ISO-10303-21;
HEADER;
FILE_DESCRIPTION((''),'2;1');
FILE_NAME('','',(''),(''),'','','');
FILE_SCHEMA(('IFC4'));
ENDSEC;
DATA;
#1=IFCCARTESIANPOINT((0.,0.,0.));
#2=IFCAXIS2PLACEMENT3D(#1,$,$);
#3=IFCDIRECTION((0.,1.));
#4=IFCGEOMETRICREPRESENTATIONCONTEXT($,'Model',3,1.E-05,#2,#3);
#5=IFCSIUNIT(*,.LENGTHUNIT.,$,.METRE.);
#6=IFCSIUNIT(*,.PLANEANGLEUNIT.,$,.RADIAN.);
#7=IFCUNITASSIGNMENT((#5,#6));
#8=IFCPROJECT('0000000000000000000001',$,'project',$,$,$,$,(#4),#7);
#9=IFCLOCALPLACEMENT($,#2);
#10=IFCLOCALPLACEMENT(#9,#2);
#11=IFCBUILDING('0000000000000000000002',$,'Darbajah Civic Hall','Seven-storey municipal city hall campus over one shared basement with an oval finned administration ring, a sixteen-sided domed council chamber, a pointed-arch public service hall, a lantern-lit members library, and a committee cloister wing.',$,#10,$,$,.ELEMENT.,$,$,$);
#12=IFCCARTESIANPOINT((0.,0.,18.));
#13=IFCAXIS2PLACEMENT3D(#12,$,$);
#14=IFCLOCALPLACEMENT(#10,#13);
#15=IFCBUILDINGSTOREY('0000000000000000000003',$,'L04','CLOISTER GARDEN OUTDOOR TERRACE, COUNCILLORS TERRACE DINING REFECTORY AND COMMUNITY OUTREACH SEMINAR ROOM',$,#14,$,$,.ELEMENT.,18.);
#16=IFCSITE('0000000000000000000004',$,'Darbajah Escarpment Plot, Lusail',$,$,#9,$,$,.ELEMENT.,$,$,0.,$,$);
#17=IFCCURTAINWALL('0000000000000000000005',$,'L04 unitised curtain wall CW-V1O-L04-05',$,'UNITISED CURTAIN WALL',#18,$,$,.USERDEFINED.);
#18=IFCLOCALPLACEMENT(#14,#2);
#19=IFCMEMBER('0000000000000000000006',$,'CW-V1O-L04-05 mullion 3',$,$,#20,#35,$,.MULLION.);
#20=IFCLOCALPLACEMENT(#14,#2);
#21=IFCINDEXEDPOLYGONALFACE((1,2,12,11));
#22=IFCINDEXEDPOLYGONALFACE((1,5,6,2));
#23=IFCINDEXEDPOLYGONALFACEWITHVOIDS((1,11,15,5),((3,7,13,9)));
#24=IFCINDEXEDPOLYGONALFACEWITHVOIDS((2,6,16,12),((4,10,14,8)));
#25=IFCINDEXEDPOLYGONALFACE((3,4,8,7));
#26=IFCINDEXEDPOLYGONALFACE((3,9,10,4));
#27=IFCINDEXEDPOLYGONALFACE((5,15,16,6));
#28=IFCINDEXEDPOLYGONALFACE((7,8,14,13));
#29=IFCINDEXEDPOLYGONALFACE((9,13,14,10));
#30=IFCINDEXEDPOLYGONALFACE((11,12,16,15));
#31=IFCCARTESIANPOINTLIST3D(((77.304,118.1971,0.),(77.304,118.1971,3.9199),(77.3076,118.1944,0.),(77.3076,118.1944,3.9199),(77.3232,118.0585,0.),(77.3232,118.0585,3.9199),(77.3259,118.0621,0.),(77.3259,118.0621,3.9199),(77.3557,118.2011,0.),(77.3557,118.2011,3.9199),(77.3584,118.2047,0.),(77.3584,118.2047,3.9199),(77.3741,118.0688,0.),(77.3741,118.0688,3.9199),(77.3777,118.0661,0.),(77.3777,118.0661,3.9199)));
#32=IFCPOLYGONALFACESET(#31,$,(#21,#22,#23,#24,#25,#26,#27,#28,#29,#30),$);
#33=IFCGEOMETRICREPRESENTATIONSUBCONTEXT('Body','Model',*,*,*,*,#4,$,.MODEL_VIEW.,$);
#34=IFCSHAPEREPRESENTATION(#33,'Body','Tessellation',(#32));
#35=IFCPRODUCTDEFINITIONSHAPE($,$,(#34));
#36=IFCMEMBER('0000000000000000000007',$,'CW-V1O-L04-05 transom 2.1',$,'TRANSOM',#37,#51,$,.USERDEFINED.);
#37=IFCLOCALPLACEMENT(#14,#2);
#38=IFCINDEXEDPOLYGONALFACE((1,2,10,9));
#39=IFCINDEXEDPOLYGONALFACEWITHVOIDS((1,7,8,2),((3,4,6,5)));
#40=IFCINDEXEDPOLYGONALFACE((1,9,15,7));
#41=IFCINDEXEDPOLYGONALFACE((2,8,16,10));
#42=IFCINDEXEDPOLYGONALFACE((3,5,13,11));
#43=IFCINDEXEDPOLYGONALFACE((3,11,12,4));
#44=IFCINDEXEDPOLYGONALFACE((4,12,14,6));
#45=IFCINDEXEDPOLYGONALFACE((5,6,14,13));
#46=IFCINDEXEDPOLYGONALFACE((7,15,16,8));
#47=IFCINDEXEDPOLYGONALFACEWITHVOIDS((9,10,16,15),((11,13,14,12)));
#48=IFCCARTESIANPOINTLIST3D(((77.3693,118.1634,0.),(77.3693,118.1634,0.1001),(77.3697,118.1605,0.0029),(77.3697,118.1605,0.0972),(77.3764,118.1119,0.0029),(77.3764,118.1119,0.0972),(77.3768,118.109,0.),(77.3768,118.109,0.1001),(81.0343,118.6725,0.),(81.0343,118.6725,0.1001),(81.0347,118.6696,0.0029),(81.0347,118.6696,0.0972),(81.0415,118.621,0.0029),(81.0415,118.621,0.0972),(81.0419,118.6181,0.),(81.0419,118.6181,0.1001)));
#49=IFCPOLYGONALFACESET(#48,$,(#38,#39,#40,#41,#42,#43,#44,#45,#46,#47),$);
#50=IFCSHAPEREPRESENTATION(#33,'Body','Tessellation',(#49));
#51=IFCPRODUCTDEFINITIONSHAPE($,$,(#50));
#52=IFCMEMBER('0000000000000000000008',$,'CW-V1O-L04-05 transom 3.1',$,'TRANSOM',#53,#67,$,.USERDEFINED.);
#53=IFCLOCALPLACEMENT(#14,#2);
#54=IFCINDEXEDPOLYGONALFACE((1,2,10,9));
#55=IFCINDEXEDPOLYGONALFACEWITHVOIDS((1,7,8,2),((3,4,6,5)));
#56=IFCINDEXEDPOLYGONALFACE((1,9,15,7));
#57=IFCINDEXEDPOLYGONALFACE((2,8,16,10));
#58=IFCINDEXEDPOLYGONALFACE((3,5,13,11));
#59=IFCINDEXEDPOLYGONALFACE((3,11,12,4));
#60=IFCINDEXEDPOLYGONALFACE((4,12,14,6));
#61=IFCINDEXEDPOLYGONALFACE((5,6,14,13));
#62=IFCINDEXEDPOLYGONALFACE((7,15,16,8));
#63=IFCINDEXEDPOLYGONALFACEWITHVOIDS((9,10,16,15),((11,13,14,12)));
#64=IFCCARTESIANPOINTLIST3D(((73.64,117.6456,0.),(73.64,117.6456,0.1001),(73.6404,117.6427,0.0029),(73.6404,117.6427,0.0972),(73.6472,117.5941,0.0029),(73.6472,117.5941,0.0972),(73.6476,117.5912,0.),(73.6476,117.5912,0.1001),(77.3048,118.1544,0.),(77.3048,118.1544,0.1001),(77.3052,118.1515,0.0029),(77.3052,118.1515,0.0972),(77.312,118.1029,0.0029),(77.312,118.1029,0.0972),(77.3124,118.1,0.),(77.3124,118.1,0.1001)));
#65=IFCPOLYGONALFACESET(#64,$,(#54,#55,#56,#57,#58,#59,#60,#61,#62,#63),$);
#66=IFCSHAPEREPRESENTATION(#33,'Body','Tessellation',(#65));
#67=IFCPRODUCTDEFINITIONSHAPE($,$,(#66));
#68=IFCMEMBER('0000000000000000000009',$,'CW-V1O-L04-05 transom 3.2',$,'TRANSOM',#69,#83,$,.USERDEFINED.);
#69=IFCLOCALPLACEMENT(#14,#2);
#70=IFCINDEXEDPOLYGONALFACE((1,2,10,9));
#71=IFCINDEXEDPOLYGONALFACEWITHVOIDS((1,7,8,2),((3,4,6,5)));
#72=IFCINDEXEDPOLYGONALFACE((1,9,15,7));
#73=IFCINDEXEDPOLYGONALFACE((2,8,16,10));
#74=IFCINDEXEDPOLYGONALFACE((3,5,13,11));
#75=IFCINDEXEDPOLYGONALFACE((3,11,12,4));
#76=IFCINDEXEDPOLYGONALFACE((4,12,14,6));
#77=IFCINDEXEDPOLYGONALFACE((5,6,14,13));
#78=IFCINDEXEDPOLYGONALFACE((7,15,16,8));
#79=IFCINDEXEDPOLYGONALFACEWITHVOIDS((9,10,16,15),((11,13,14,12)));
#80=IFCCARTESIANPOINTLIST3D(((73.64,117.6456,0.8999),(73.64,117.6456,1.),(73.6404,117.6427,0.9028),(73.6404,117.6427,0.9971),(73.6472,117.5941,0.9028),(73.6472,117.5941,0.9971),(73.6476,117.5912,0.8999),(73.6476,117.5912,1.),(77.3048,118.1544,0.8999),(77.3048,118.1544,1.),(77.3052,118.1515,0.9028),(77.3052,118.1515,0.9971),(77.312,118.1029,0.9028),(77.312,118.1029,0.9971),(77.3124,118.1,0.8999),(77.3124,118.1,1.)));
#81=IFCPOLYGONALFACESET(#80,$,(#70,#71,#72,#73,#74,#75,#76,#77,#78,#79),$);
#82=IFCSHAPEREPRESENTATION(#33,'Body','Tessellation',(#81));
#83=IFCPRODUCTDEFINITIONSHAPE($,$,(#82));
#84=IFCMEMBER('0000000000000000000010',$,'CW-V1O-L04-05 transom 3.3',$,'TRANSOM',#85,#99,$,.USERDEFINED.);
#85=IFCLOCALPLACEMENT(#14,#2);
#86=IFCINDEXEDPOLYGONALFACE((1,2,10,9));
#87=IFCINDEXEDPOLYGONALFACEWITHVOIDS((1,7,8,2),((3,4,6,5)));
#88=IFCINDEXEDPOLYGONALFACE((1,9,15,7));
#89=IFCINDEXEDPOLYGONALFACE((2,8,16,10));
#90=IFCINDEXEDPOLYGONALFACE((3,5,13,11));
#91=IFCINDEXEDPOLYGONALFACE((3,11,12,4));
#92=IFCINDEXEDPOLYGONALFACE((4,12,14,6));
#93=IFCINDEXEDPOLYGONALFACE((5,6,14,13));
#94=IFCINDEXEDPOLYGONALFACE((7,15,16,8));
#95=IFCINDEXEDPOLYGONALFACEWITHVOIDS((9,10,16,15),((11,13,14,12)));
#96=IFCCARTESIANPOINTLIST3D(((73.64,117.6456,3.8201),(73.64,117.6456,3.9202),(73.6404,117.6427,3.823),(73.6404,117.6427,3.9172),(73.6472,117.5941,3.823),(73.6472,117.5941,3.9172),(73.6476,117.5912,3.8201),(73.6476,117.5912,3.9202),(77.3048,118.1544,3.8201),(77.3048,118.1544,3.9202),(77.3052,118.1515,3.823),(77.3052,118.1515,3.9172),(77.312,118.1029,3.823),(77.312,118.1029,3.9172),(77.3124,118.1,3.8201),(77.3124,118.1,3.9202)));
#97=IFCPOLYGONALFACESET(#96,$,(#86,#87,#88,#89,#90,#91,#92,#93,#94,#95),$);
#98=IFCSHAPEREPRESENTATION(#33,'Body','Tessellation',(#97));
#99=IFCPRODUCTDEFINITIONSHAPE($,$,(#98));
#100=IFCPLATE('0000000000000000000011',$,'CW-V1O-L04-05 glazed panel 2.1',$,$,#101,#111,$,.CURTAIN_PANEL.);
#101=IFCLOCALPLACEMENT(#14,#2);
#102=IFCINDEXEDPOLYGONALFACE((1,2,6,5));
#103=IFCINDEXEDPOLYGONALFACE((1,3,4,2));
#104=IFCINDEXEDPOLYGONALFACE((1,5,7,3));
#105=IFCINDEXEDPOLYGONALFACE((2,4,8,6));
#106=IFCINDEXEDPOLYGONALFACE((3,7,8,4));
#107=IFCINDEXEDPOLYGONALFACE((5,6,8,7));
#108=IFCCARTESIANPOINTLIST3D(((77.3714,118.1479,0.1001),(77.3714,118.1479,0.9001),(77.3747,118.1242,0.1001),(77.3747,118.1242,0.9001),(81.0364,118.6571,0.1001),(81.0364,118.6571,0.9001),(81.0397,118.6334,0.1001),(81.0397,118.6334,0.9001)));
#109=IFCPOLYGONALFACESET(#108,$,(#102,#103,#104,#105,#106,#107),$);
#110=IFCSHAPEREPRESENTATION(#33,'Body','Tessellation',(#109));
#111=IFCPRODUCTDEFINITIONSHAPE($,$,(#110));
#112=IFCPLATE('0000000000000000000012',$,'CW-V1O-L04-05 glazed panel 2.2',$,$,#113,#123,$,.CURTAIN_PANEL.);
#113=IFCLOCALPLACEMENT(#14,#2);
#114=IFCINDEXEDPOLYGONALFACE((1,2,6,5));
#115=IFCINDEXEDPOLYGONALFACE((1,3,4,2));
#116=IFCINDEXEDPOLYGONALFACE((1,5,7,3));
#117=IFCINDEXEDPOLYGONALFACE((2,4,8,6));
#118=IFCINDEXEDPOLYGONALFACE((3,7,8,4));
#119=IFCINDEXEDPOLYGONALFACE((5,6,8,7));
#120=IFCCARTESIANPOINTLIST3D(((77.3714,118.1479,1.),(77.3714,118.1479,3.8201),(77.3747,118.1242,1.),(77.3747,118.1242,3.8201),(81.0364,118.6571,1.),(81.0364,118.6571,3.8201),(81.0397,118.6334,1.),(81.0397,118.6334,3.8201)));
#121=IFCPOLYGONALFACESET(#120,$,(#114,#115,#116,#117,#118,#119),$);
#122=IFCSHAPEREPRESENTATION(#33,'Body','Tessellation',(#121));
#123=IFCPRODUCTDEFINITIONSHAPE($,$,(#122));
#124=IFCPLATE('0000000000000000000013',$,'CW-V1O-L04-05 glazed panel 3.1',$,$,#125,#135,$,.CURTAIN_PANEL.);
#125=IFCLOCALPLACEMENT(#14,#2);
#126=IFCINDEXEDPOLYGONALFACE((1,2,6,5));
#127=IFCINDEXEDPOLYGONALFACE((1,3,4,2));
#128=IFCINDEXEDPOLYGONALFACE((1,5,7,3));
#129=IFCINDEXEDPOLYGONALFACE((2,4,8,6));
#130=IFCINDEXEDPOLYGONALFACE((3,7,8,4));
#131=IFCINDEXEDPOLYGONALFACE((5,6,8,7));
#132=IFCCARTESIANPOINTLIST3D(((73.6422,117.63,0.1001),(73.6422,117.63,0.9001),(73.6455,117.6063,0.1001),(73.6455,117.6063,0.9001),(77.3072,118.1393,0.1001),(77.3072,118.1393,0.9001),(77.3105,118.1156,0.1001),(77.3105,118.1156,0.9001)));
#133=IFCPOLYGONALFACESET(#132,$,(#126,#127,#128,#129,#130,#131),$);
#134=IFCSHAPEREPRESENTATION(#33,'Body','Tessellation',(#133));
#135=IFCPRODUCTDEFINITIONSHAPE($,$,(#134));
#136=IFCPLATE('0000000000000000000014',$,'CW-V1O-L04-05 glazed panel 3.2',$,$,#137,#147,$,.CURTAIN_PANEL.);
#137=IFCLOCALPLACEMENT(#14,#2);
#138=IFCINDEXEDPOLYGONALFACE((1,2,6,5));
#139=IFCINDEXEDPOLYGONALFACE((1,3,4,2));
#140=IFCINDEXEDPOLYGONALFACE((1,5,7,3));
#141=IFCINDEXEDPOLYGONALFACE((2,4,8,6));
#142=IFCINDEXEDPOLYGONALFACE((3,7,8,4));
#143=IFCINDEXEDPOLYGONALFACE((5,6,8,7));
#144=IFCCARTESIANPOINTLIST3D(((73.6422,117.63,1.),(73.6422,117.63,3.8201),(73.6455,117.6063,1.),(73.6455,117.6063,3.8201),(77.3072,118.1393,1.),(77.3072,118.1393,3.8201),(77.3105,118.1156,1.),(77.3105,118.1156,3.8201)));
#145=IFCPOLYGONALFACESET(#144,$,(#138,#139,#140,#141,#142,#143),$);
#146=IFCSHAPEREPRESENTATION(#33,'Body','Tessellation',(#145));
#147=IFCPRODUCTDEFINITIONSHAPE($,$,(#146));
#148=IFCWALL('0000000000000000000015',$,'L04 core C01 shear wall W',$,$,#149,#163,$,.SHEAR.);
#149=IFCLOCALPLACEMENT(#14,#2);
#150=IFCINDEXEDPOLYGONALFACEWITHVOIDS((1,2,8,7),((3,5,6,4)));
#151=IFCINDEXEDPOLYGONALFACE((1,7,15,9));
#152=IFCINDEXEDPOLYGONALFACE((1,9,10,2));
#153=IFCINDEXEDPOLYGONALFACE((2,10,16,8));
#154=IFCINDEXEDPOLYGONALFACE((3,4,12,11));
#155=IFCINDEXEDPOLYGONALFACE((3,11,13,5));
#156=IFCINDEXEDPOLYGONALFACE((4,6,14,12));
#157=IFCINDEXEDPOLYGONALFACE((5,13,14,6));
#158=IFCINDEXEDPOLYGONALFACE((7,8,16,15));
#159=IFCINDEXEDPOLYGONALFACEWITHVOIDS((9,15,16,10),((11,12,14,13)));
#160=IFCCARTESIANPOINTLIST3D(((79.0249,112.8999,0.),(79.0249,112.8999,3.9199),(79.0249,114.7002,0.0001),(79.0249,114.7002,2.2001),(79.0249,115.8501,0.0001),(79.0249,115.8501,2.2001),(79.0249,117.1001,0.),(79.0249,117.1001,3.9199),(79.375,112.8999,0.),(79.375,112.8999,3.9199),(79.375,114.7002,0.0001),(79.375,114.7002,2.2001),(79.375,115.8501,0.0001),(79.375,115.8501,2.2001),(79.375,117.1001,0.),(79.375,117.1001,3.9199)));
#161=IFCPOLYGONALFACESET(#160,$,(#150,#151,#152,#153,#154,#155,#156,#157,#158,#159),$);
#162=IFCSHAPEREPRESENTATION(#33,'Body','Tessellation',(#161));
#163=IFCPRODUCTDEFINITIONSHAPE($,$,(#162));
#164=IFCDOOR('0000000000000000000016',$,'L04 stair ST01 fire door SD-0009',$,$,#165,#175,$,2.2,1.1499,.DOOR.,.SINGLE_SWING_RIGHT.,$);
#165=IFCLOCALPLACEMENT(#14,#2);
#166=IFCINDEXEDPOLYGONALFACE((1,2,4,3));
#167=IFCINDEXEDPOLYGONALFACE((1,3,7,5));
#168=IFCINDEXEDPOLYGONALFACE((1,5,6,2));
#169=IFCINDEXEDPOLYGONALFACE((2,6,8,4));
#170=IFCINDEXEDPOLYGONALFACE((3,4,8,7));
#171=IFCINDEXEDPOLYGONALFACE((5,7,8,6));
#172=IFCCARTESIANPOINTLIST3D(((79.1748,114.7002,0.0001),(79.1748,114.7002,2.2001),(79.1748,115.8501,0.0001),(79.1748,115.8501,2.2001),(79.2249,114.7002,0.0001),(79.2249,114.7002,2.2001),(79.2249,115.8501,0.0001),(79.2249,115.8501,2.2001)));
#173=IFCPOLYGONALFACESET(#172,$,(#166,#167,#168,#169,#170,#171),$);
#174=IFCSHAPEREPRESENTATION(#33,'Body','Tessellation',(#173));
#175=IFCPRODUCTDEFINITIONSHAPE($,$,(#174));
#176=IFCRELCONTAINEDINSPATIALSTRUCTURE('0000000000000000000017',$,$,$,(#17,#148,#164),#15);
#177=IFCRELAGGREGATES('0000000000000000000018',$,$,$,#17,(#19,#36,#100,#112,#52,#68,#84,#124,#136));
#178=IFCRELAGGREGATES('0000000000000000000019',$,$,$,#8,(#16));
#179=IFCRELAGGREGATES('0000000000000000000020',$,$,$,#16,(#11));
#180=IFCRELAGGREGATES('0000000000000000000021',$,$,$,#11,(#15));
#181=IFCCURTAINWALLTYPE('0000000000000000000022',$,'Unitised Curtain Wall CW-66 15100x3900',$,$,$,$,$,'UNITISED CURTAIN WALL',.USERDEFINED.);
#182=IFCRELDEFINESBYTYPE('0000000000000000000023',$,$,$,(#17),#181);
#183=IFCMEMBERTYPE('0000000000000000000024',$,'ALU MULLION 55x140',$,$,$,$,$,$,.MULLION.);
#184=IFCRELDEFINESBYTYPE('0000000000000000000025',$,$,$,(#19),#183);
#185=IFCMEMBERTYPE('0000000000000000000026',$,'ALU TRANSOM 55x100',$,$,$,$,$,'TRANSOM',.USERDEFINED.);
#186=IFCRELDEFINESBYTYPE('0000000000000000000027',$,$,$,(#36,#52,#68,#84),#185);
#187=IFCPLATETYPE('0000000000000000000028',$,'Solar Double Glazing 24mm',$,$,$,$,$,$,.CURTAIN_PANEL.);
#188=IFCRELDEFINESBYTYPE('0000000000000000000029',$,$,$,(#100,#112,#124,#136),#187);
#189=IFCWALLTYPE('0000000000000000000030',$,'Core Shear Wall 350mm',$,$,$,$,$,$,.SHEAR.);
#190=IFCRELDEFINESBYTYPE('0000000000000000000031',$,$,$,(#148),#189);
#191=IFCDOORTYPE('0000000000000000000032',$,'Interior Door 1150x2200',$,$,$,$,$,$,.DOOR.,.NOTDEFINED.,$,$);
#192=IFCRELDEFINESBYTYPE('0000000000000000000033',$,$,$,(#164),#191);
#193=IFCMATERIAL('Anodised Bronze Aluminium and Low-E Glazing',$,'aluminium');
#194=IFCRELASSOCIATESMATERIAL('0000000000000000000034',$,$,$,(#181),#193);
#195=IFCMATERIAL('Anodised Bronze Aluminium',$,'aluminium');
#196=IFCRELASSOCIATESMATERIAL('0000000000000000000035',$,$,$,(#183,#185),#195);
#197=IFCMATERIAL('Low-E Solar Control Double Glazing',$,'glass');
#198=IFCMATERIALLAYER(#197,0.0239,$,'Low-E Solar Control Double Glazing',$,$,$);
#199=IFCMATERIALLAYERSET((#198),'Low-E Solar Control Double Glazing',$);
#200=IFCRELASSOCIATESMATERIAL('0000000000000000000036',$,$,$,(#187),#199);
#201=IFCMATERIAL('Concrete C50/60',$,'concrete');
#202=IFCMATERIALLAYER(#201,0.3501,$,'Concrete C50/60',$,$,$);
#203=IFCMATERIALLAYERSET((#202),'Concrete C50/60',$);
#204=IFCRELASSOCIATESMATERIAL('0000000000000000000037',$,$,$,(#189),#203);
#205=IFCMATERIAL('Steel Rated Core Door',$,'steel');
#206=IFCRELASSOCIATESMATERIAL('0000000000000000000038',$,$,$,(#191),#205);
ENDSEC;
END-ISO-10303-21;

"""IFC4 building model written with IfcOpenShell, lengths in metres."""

from ifc_helpers import new_model, si_unit, direction, frame, frame_2d, origin, origin_2d, place, context, subcontext, project, spatial, rectangle, hollow_rectangle, extrude, material, layer, layer_set, material_profile, profile_set, type_object, element, fill, aggregate, save


model = new_model("IFC4")

# Units and contexts
model_context = context("Model", 3, precision=1e-05, world=origin(), true_north=direction((0.0, 1.0)))
body_context = subcontext(model_context, "Body", "Model", "MODEL_VIEW")
ifc_project = project(units=[si_unit("LENGTHUNIT", "METRE"), si_unit("PLANEANGLEUNIT", "RADIAN")], contexts=[model_context])

# Site, building, storey
site_placement = place(None, origin())
site = spatial("IfcSite", under=ifc_project, at=site_placement, Name="Darbajah Escarpment Plot, Lusail", CompositionType="ELEMENT", RefElevation=0.0)
building_placement = place(site_placement, origin())
building = spatial("IfcBuilding", under=site, at=building_placement, Name="Darbajah Civic Hall", Description="Seven-storey municipal city hall campus over one shared basement with an oval finned administration ring, a sixteen-sided domed council chamber, a pointed-arch public service hall, a lantern-lit members library, and a committee cloister wing.", CompositionType="ELEMENT")
storey_placement = place(building_placement, frame((0.0, 0.0, 18.0)))
storey = spatial("IfcBuildingStorey", under=building, at=storey_placement, Name="L04", Description="CLOISTER GARDEN OUTDOOR TERRACE, COUNCILLORS TERRACE DINING REFECTORY AND COMMUNITY OUTREACH SEMINAR ROOM", CompositionType="ELEMENT", Elevation=18.0)

# Curtain wall, members, plates
ifc_material_1 = material(Name="Anodised Bronze Aluminium and Low-E Glazing", Category="aluminium")
curtain_wall_type = type_object("IfcCurtainWallType", Name="Unitised Curtain Wall CW-66 15100x3900", ElementType="UNITISED CURTAIN WALL", PredefinedType="USERDEFINED", material=ifc_material_1)
curtain_wall_placement = place(storey_placement, origin())
curtain_wall = element("IfcCurtainWall", 1, at=curtain_wall_placement, inside=storey, type_object=curtain_wall_type, Name="L04 unitised curtain wall CW-V1O-L04-05", ObjectType="UNITISED CURTAIN WALL", PredefinedType="USERDEFINED")
ifc_material_2 = material(Name="Anodised Bronze Aluminium", Category="aluminium")
ifc_material_profile_1 = material_profile(ifc_material_2, hollow_rectangle(XDim=0.0549, YDim=0.1399, WallThickness=0.0032, at=origin_2d()), Name="ALU MULLION 55x140")
ifc_profile_set_1 = profile_set([ifc_material_profile_1], Name="Anodised Bronze Aluminium")
member_type_1 = type_object("IfcMemberType", Name="ALU MULLION 55x140", PredefinedType="MULLION", material=ifc_profile_set_1)
member_1_placement = place(storey_placement, frame((77.3408, 118.1316, 0.0), z_axis=(0.0, 0.0, 1.0), x_axis=(-0.990485, -0.137617, 0.0)))
member_1 = element("IfcMember", 2, at=member_1_placement, type_object=member_type_1, Name="CW-V1O-L04-05 mullion 3", PredefinedType="MULLION", context=body_context, shape_type="SweptSolid", body=[
    extrude(hollow_rectangle(XDim=0.0549, YDim=0.1399, WallThickness=0.0032, at=origin_2d()), origin(), (0.0, 0.0, 1.0), 3.9199),
])
ifc_material_profile_2 = material_profile(ifc_material_2, hollow_rectangle(XDim=0.0549, YDim=0.1001, WallThickness=0.0029, at=origin_2d()), Name="ALU TRANSOM 55x100")
ifc_profile_set_2 = profile_set([ifc_material_profile_2], Name="Anodised Bronze Aluminium")
member_type_2 = type_object("IfcMemberType", Name="ALU TRANSOM 55x100", ElementType="TRANSOM", PredefinedType="USERDEFINED", material=ifc_profile_set_2)
member_2_placement = place(storey_placement, frame((81.0381, 118.6453, 0.05), z_axis=(-0.990492, -0.137568, 0.0), x_axis=(0.137568, -0.990492, 0.0)))
member_2 = element("IfcMember", 3, at=member_2_placement, type_object=member_type_2, Name="CW-V1O-L04-05 transom 2.1", ObjectType="TRANSOM", PredefinedType="USERDEFINED", context=body_context, shape_type="SweptSolid", body=[
    extrude(hollow_rectangle(XDim=0.0549, YDim=0.1001, WallThickness=0.0029, at=origin_2d()), origin(), (0.0, 0.0, 1.0), 3.7002),
])
member_3_placement = place(storey_placement, frame((77.3086, 118.1272, 0.05), z_axis=(-0.9905, -0.137513, 0.0), x_axis=(0.137513, -0.9905, 0.0)))
member_3 = element("IfcMember", 4, at=member_3_placement, type_object=member_type_2, Name="CW-V1O-L04-05 transom 3.1", ObjectType="TRANSOM", PredefinedType="USERDEFINED", context=body_context, shape_type="SweptSolid", body=[
    extrude(hollow_rectangle(XDim=0.0549, YDim=0.1001, WallThickness=0.0029, at=origin_2d()), origin(), (0.0, 0.0, 1.0), 3.7),
])
member_4_placement = place(storey_placement, frame((77.3086, 118.1272, 0.95), z_axis=(-0.9905, -0.137513, 0.0), x_axis=(0.137513, -0.9905, 0.0)))
member_4 = element("IfcMember", 5, at=member_4_placement, type_object=member_type_2, Name="CW-V1O-L04-05 transom 3.2", ObjectType="TRANSOM", PredefinedType="USERDEFINED", context=body_context, shape_type="SweptSolid", body=[
    extrude(hollow_rectangle(XDim=0.0549, YDim=0.1001, WallThickness=0.0029, at=origin_2d()), origin(), (0.0, 0.0, 1.0), 3.7),
])
member_5_placement = place(storey_placement, frame((77.3086, 118.1272, 3.8701), z_axis=(-0.9905, -0.137513, 0.0), x_axis=(0.137513, -0.9905, 0.0)))
member_5 = element("IfcMember", 6, at=member_5_placement, type_object=member_type_2, Name="CW-V1O-L04-05 transom 3.3", ObjectType="TRANSOM", PredefinedType="USERDEFINED", context=body_context, shape_type="SweptSolid", body=[
    extrude(hollow_rectangle(XDim=0.0549, YDim=0.1001, WallThickness=0.0029, at=origin_2d()), origin(), (0.0, 0.0, 1.0), 3.7),
])
ifc_material_3 = material(Name="Low-E Solar Control Double Glazing", Category="glass")
ifc_layer_1 = layer(ifc_material_3, 0.0239, Name="Low-E Solar Control Double Glazing")
ifc_layer_set_1 = layer_set([ifc_layer_1], Name="Low-E Solar Control Double Glazing")
plate_type = type_object("IfcPlateType", Name="Solar Double Glazing 24mm", PredefinedType="CURTAIN_PANEL", material=ifc_layer_set_1)
plate_1_placement = place(storey_placement, frame((79.2056, 118.3906, 0.1001), z_axis=(0.0, 0.0, 1.0), x_axis=(-0.990485, -0.137617, 0.0)))
plate_1 = element("IfcPlate", 7, at=plate_1_placement, type_object=plate_type, Name="CW-V1O-L04-05 glazed panel 2.1", PredefinedType="CURTAIN_PANEL", context=body_context, shape_type="SweptSolid", body=[
    extrude(rectangle(XDim=3.7002, YDim=0.0239, at=origin_2d()), origin(), (0.0, 0.0, 1.0), 0.8),
])
plate_2_placement = place(storey_placement, frame((79.2056, 118.3906, 1.0), z_axis=(0.0, 0.0, 1.0), x_axis=(-0.990485, -0.137617, 0.0)))
plate_2 = element("IfcPlate", 8, at=plate_2_placement, type_object=plate_type, Name="CW-V1O-L04-05 glazed panel 2.2", PredefinedType="CURTAIN_PANEL", context=body_context, shape_type="SweptSolid", body=[
    extrude(rectangle(XDim=3.7002, YDim=0.0239, at=origin_2d()), origin(), (0.0, 0.0, 1.0), 2.8201),
])
plate_3_placement = place(storey_placement, frame((75.4763, 117.8728, 0.1001), z_axis=(0.0, 0.0, 1.0), x_axis=(-0.990485, -0.137617, 0.0)))
plate_3 = element("IfcPlate", 9, at=plate_3_placement, type_object=plate_type, Name="CW-V1O-L04-05 glazed panel 3.1", PredefinedType="CURTAIN_PANEL", context=body_context, shape_type="SweptSolid", body=[
    extrude(rectangle(XDim=3.7002, YDim=0.0239, at=origin_2d()), origin(), (0.0, 0.0, 1.0), 0.8),
])
plate_4_placement = place(storey_placement, frame((75.4763, 117.8728, 1.0), z_axis=(0.0, 0.0, 1.0), x_axis=(-0.990485, -0.137617, 0.0)))
plate_4 = element("IfcPlate", 10, at=plate_4_placement, type_object=plate_type, Name="CW-V1O-L04-05 glazed panel 3.2", PredefinedType="CURTAIN_PANEL", context=body_context, shape_type="SweptSolid", body=[
    extrude(rectangle(XDim=3.7002, YDim=0.0239, at=origin_2d()), origin(), (0.0, 0.0, 1.0), 2.8201),
])
aggregate(curtain_wall, [member_1, member_2, plate_1, plate_2, member_3, member_4, member_5, plate_3, plate_4])

# Wall, opening, door
ifc_material_4 = material(Name="Concrete C50/60", Category="concrete")
ifc_layer_2 = layer(ifc_material_4, 0.3501, Name="Concrete C50/60")
ifc_layer_set_2 = layer_set([ifc_layer_2], Name="Concrete C50/60")
wall_type_1 = type_object("IfcWallType", Name="Core Shear Wall 350mm", PredefinedType="SHEAR", material=ifc_layer_set_2)
wall_1_placement = place(storey_placement, frame((79.2, 117.1001, 0.0), z_axis=(0.0, 0.0, 1.0), x_axis=(0.0, -1.0, 0.0)))
wall_1 = element("IfcWall", 11, at=wall_1_placement, inside=storey, type_object=wall_type_1, Name="L04 core C01 shear wall W", PredefinedType="SHEAR", context=body_context, shape_type="SweptSolid", body=[
    extrude(rectangle(XDim=4.2002, YDim=0.3501, at=frame_2d((2.1001, 0.0))), origin(), (0.0, 0.0, 1.0), 3.9199),
])
opening_placement = place(wall_1_placement, frame((1.25, 0.0, 0.0)))
opening = element("IfcOpeningElement", 12, at=opening_placement, cuts=wall_1, PredefinedType="OPENING", context=body_context, shape_type="SweptSolid", body=[
    extrude(rectangle(XDim=1.1499, YDim=2.2, at=frame_2d((0.575, 1.1001))), frame((0.0, 0.1851, 0.0), z_axis=(0.0, -1.0, 0.0), x_axis=(1.0, 0.0, 0.0)), (0.0, 0.0, 1.0), 0.3701),
])
ifc_material_5 = material(Name="Steel Rated Core Door", Category="steel")
door_type = type_object("IfcDoorType", Name="Interior Door 1150x2200", OperationType="NOTDEFINED", PredefinedType="DOOR", material=ifc_material_5)
door_placement = place(opening_placement, origin())
door = element("IfcDoor", 13, at=door_placement, inside=storey, type_object=door_type, Name="L04 stair ST01 fire door SD-0009", OperationType="SINGLE_SWING_RIGHT", OverallHeight=2.2, OverallWidth=1.1499, PredefinedType="DOOR", context=body_context, shape_type="SweptSolid", body=[
    extrude(rectangle(XDim=1.1499, YDim=2.2, at=frame_2d((0.575, 1.1001))), frame((0.0, 0.0249, 0.0), z_axis=(0.0, -1.0, 0.0), x_axis=(1.0, 0.0, 0.0)), (0.0, 0.0, 1.0), 0.05),
])
fill(opening, door)

save(model, "model.ifc")
